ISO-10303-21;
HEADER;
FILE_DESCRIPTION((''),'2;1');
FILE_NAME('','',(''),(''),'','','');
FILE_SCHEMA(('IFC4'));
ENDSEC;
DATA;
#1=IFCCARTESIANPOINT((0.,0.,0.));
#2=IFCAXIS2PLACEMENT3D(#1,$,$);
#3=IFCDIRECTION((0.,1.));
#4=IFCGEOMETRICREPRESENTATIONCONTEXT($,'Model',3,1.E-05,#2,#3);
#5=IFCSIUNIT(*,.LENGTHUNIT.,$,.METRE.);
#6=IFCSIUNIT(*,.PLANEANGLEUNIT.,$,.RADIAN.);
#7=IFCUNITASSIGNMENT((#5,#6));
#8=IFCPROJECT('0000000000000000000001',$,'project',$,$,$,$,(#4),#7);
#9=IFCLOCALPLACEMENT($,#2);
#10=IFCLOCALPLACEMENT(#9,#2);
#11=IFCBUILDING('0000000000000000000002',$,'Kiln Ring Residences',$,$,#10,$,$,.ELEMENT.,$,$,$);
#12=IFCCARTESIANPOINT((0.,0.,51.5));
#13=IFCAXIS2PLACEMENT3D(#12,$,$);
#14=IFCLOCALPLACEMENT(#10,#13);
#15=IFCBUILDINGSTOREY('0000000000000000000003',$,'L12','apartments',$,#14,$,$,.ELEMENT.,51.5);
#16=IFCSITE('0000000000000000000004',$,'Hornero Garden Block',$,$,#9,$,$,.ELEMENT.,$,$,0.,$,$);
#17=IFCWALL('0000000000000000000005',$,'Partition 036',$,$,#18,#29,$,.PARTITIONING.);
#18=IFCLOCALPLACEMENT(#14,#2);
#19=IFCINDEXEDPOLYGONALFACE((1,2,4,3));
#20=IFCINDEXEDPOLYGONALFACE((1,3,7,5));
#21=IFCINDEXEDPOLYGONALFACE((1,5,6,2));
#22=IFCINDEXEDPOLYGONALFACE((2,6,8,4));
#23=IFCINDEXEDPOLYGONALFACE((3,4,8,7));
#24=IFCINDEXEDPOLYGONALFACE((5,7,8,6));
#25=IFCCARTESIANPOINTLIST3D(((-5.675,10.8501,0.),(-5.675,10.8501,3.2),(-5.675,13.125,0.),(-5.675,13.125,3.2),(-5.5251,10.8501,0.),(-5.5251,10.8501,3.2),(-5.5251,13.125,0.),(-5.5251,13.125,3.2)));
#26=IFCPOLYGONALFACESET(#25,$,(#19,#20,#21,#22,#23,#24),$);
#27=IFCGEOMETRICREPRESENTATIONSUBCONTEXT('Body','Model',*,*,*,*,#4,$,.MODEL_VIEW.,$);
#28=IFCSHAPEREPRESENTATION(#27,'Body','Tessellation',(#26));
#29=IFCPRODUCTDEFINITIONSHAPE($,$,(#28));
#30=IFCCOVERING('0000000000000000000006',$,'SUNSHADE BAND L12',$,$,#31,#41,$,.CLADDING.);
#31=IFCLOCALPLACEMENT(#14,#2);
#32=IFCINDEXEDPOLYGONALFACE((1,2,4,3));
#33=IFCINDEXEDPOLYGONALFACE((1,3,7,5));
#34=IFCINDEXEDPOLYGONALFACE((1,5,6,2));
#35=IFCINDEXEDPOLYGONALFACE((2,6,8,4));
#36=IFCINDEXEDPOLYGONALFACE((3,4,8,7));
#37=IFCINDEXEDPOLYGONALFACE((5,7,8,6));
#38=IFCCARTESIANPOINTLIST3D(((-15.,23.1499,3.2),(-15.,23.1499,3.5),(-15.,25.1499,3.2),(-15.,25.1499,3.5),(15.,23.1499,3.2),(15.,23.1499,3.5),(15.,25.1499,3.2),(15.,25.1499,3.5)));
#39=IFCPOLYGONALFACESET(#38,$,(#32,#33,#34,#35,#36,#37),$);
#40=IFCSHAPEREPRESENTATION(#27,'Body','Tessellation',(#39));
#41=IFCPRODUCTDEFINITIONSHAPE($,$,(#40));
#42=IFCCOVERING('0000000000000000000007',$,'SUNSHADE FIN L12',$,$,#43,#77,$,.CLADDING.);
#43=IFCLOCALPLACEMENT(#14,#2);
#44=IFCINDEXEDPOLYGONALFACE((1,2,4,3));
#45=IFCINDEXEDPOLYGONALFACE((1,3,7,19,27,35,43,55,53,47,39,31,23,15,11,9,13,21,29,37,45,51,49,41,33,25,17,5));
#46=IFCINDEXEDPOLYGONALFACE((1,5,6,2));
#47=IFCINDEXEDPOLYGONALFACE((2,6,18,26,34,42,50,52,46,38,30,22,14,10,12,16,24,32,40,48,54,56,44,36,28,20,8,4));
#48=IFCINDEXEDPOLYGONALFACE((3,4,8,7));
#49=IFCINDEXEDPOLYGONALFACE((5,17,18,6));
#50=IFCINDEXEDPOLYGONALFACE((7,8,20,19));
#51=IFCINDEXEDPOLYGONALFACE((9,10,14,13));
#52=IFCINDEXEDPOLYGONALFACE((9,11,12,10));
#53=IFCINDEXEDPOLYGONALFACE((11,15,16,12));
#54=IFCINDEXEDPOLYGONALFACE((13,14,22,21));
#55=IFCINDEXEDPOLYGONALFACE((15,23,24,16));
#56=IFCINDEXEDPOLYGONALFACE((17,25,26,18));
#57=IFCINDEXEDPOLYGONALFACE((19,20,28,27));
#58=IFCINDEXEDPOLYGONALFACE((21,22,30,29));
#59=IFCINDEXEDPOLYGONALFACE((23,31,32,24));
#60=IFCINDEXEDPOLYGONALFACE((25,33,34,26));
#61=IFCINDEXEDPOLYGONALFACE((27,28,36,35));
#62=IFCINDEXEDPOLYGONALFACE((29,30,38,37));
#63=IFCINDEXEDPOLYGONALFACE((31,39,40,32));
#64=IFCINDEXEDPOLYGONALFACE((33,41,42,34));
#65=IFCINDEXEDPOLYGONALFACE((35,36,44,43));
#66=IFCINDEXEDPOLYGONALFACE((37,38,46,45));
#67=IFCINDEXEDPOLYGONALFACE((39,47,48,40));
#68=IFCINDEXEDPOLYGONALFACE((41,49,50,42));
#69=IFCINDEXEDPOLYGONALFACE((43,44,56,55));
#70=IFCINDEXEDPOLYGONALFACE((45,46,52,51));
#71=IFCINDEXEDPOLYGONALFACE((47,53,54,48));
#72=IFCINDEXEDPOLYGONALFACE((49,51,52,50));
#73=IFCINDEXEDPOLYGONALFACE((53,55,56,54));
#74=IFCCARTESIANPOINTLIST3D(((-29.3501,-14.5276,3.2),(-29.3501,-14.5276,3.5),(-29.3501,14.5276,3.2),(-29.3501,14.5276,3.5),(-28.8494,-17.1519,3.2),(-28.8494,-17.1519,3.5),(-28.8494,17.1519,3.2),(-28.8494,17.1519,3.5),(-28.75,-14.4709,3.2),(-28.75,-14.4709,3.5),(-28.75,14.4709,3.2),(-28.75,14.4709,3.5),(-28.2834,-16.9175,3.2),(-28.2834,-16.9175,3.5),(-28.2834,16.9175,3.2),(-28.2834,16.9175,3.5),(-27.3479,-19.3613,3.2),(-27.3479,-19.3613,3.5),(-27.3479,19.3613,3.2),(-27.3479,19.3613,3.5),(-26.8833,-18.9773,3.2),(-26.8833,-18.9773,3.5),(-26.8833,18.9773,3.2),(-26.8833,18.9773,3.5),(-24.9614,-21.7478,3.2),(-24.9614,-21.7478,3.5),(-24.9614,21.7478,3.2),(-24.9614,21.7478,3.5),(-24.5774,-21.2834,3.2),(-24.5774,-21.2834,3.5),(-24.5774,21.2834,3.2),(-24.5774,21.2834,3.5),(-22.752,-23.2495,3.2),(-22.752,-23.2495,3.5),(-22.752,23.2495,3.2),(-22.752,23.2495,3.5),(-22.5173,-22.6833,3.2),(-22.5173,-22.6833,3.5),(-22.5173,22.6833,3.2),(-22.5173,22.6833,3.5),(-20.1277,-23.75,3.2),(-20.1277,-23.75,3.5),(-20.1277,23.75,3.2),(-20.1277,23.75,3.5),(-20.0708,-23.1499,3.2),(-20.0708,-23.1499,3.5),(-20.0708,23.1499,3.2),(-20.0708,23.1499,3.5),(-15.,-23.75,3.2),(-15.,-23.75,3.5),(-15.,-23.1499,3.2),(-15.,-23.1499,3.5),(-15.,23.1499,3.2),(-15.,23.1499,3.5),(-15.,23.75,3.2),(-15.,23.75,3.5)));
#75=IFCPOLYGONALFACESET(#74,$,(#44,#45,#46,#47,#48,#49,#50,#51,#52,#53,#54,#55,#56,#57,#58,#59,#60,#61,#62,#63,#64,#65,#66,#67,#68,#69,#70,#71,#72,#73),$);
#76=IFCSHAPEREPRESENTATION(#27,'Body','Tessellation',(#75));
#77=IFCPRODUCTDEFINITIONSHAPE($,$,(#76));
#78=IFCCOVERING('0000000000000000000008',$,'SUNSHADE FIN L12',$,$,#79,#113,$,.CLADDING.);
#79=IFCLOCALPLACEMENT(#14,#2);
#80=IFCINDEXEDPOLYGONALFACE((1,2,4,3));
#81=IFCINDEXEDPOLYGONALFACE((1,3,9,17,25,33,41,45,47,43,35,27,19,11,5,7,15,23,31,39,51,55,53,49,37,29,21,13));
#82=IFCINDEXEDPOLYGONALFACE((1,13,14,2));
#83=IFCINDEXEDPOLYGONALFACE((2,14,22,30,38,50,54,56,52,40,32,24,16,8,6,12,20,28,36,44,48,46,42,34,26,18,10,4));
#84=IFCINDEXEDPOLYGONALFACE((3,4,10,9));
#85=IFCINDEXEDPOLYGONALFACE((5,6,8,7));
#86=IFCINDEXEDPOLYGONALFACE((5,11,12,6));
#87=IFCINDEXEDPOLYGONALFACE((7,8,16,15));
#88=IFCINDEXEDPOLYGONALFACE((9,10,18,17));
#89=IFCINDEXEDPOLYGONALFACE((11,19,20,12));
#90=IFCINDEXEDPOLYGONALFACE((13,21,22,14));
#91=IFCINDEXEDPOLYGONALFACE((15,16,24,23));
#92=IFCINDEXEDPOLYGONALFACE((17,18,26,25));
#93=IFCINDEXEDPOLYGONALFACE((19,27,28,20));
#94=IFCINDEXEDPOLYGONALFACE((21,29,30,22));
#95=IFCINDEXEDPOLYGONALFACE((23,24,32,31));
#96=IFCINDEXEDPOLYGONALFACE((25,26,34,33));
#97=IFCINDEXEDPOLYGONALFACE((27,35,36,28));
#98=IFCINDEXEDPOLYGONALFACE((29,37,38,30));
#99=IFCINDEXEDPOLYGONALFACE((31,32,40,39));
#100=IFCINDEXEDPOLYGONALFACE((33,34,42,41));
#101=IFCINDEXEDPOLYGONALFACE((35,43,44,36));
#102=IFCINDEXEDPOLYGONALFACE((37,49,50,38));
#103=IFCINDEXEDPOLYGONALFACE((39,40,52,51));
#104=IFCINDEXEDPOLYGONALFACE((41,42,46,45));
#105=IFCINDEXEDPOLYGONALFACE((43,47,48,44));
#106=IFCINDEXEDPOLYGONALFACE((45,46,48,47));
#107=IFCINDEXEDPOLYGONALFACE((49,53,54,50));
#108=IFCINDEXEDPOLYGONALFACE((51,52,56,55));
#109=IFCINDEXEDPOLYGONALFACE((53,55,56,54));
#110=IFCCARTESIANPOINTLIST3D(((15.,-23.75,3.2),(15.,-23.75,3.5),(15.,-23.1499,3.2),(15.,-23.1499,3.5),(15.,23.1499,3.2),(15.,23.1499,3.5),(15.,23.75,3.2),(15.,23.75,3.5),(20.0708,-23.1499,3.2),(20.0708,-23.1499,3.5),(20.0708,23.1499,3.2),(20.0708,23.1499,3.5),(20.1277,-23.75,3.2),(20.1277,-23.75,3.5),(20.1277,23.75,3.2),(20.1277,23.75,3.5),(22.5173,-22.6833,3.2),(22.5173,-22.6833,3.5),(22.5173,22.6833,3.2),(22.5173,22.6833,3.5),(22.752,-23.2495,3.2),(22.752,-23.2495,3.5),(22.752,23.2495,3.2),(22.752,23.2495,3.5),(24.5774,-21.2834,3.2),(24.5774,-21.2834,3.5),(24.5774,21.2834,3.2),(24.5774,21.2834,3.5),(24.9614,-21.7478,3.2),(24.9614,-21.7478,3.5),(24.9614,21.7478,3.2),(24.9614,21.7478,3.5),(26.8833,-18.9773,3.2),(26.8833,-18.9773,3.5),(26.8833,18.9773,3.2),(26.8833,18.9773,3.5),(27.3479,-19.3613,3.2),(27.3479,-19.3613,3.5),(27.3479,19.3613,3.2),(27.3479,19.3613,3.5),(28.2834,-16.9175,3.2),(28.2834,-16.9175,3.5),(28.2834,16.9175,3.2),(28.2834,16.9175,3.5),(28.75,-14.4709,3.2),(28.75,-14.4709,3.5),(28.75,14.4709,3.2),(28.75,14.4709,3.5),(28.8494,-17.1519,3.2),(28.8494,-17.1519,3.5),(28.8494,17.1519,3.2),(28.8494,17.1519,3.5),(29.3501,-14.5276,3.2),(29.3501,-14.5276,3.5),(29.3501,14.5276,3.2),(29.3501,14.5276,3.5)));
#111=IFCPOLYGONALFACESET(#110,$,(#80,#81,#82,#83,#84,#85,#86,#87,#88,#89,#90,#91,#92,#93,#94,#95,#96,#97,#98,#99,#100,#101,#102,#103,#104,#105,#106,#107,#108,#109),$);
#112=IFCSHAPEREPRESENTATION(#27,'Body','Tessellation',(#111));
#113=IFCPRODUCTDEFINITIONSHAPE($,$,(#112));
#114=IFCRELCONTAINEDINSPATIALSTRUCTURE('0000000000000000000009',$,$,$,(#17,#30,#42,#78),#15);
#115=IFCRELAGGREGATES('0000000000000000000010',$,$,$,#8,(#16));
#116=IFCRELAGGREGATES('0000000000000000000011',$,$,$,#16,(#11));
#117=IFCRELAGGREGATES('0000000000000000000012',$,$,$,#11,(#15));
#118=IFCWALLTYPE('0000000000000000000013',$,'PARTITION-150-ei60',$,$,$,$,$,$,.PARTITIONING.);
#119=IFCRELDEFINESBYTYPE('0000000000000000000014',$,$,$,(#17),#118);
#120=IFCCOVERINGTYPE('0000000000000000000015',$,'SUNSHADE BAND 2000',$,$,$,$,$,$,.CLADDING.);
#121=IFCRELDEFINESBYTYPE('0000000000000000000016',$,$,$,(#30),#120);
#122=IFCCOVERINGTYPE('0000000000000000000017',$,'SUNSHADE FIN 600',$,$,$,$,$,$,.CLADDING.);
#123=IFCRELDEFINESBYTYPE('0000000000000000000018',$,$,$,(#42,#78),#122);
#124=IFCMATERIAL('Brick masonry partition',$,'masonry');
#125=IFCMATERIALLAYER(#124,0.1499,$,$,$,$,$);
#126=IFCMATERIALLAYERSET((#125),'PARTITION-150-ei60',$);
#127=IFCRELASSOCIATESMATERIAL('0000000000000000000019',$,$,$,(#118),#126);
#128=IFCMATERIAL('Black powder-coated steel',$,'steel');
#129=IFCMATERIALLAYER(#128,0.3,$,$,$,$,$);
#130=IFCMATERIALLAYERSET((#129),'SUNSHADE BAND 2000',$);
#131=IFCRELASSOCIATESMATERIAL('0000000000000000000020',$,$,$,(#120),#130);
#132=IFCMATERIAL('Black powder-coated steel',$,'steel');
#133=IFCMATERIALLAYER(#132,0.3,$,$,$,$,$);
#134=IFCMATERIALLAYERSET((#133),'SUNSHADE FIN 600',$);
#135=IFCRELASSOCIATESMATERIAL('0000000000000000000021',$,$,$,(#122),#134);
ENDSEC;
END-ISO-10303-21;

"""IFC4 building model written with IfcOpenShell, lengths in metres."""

from ifc_helpers import new_model, si_unit, direction, frame, frame_2d, origin, place, context, subcontext, project, spatial, polyline, rectangle, outline, extrude, material, layer, layer_set, type_object, element, save


model = new_model("IFC4")

# Units and contexts
model_context = context("Model", 3, precision=1e-05, world=origin(), true_north=direction((0.0, 1.0)))
body_context = subcontext(model_context, "Body", "Model", "MODEL_VIEW")
ifc_project = project(units=[si_unit("LENGTHUNIT", "METRE"), si_unit("PLANEANGLEUNIT", "RADIAN")], contexts=[model_context])

# Site, building, storey
site_placement = place(None, origin())
site = spatial("IfcSite", under=ifc_project, at=site_placement, Name="Hornero Garden Block", CompositionType="ELEMENT", RefElevation=0.0)
building_placement = place(site_placement, origin())
building = spatial("IfcBuilding", under=site, at=building_placement, Name="Kiln Ring Residences", CompositionType="ELEMENT")
storey_placement = place(building_placement, frame((0.0, 0.0, 51.5)))
storey = spatial("IfcBuildingStorey", under=building, at=storey_placement, Name="L12", Description="apartments", CompositionType="ELEMENT", Elevation=51.5)

# Wall
ifc_material_1 = material(Name="Brick masonry partition", Category="masonry")
ifc_layer_1 = layer(ifc_material_1, 0.1499)
ifc_layer_set_1 = layer_set([ifc_layer_1], Name="PARTITION-150-ei60")
wall_type_1 = type_object("IfcWallType", Name="PARTITION-150-ei60", PredefinedType="PARTITIONING", material=ifc_layer_set_1)
wall_1_placement = place(storey_placement, frame((-5.6001, 10.8501, 0.0), z_axis=(0.0, 0.0, 1.0), x_axis=(0.0, 1.0, 0.0)))
element("IfcWall", 1, at=wall_1_placement, inside=storey, type_object=wall_type_1, Name="Partition 036", PredefinedType="PARTITIONING", context=body_context, shape_type="SweptSolid", body=[
    extrude(rectangle(XDim=2.2749, YDim=0.1499, at=frame_2d((1.1375, 0.0))), origin(), (0.0, 0.0, 1.0), 3.2),
])

# Coverings
ifc_material_2 = material(Name="Black powder-coated steel", Category="steel")
ifc_layer_2 = layer(ifc_material_2, 0.3)
ifc_layer_set_2 = layer_set([ifc_layer_2], Name="SUNSHADE BAND 2000")
covering_type_1 = type_object("IfcCoveringType", Name="SUNSHADE BAND 2000", PredefinedType="CLADDING", material=ifc_layer_set_2)
placement = place(storey_placement, frame((0.0, 0.0, 3.2)))
element("IfcCovering", 2, at=placement, inside=storey, type_object=covering_type_1, Name="SUNSHADE BAND L12", PredefinedType="CLADDING", context=body_context, shape_type="SweptSolid", body=[
    extrude(outline(polyline([(15.0, 25.1499), (-15.0, 25.1499), (-15.0, 23.1499), (15.0, 23.1499), (15.0, 25.1499)])), origin(), (0.0, 0.0, 1.0), 0.3),
])
ifc_material_3 = material(Name="Black powder-coated steel", Category="steel")
ifc_layer_3 = layer(ifc_material_3, 0.3)
ifc_layer_set_3 = layer_set([ifc_layer_3], Name="SUNSHADE FIN 600")
covering_type_2 = type_object("IfcCoveringType", Name="SUNSHADE FIN 600", PredefinedType="CLADDING", material=ifc_layer_set_3)
element("IfcCovering", 3, at=placement, inside=storey, type_object=covering_type_2, Name="SUNSHADE FIN L12", PredefinedType="CLADDING", context=body_context, shape_type="SweptSolid", body=[
    extrude(outline(polyline([(-29.3501, -14.5276), (-28.8494, -17.1519), (-27.3479, -19.3613), (-24.9614, -21.7478), (-22.752, -23.2495), (-20.1277, -23.75), (-15.0, -23.75), (-15.0, -23.1499), (-20.0708, -23.1499), (-22.5173, -22.6833), (-24.5774, -21.2834), (-26.8833, -18.9773), (-28.2834, -16.9175), (-28.75, -14.4709), (-28.75, 14.4709), (-28.2834, 16.9175), (-26.8833, 18.9773), (-24.5774, 21.2834), (-22.5173, 22.6833), (-20.0708, 23.1499), (-15.0, 23.1499), (-15.0, 23.75), (-20.1277, 23.75), (-22.752, 23.2495), (-24.9614, 21.7478), (-27.3479, 19.3613), (-28.8494, 17.1519), (-29.3501, 14.5276), (-29.3501, -14.5276)])), origin(), (0.0, 0.0, 1.0), 0.3),
])
element("IfcCovering", 4, at=placement, inside=storey, type_object=covering_type_2, Name="SUNSHADE FIN L12", PredefinedType="CLADDING", context=body_context, shape_type="SweptSolid", body=[
    extrude(outline(polyline([(20.1277, 23.75), (15.0, 23.75), (15.0, 23.1499), (20.0708, 23.1499), (22.5173, 22.6833), (24.5774, 21.2834), (26.8833, 18.9773), (28.2834, 16.9175), (28.75, 14.4709), (28.75, -14.4709), (28.2834, -16.9175), (26.8833, -18.9773), (24.5774, -21.2834), (22.5173, -22.6833), (20.0708, -23.1499), (15.0, -23.1499), (15.0, -23.75), (20.1277, -23.75), (22.752, -23.2495), (24.9614, -21.7478), (27.3479, -19.3613), (28.8494, -17.1519), (29.3501, -14.5276), (29.3501, 14.5276), (28.8494, 17.1519), (27.3479, 19.3613), (24.9614, 21.7478), (22.752, 23.2495), (20.1277, 23.75)])), origin(), (0.0, 0.0, 1.0), 0.3),
])

save(model, "model.ifc")
